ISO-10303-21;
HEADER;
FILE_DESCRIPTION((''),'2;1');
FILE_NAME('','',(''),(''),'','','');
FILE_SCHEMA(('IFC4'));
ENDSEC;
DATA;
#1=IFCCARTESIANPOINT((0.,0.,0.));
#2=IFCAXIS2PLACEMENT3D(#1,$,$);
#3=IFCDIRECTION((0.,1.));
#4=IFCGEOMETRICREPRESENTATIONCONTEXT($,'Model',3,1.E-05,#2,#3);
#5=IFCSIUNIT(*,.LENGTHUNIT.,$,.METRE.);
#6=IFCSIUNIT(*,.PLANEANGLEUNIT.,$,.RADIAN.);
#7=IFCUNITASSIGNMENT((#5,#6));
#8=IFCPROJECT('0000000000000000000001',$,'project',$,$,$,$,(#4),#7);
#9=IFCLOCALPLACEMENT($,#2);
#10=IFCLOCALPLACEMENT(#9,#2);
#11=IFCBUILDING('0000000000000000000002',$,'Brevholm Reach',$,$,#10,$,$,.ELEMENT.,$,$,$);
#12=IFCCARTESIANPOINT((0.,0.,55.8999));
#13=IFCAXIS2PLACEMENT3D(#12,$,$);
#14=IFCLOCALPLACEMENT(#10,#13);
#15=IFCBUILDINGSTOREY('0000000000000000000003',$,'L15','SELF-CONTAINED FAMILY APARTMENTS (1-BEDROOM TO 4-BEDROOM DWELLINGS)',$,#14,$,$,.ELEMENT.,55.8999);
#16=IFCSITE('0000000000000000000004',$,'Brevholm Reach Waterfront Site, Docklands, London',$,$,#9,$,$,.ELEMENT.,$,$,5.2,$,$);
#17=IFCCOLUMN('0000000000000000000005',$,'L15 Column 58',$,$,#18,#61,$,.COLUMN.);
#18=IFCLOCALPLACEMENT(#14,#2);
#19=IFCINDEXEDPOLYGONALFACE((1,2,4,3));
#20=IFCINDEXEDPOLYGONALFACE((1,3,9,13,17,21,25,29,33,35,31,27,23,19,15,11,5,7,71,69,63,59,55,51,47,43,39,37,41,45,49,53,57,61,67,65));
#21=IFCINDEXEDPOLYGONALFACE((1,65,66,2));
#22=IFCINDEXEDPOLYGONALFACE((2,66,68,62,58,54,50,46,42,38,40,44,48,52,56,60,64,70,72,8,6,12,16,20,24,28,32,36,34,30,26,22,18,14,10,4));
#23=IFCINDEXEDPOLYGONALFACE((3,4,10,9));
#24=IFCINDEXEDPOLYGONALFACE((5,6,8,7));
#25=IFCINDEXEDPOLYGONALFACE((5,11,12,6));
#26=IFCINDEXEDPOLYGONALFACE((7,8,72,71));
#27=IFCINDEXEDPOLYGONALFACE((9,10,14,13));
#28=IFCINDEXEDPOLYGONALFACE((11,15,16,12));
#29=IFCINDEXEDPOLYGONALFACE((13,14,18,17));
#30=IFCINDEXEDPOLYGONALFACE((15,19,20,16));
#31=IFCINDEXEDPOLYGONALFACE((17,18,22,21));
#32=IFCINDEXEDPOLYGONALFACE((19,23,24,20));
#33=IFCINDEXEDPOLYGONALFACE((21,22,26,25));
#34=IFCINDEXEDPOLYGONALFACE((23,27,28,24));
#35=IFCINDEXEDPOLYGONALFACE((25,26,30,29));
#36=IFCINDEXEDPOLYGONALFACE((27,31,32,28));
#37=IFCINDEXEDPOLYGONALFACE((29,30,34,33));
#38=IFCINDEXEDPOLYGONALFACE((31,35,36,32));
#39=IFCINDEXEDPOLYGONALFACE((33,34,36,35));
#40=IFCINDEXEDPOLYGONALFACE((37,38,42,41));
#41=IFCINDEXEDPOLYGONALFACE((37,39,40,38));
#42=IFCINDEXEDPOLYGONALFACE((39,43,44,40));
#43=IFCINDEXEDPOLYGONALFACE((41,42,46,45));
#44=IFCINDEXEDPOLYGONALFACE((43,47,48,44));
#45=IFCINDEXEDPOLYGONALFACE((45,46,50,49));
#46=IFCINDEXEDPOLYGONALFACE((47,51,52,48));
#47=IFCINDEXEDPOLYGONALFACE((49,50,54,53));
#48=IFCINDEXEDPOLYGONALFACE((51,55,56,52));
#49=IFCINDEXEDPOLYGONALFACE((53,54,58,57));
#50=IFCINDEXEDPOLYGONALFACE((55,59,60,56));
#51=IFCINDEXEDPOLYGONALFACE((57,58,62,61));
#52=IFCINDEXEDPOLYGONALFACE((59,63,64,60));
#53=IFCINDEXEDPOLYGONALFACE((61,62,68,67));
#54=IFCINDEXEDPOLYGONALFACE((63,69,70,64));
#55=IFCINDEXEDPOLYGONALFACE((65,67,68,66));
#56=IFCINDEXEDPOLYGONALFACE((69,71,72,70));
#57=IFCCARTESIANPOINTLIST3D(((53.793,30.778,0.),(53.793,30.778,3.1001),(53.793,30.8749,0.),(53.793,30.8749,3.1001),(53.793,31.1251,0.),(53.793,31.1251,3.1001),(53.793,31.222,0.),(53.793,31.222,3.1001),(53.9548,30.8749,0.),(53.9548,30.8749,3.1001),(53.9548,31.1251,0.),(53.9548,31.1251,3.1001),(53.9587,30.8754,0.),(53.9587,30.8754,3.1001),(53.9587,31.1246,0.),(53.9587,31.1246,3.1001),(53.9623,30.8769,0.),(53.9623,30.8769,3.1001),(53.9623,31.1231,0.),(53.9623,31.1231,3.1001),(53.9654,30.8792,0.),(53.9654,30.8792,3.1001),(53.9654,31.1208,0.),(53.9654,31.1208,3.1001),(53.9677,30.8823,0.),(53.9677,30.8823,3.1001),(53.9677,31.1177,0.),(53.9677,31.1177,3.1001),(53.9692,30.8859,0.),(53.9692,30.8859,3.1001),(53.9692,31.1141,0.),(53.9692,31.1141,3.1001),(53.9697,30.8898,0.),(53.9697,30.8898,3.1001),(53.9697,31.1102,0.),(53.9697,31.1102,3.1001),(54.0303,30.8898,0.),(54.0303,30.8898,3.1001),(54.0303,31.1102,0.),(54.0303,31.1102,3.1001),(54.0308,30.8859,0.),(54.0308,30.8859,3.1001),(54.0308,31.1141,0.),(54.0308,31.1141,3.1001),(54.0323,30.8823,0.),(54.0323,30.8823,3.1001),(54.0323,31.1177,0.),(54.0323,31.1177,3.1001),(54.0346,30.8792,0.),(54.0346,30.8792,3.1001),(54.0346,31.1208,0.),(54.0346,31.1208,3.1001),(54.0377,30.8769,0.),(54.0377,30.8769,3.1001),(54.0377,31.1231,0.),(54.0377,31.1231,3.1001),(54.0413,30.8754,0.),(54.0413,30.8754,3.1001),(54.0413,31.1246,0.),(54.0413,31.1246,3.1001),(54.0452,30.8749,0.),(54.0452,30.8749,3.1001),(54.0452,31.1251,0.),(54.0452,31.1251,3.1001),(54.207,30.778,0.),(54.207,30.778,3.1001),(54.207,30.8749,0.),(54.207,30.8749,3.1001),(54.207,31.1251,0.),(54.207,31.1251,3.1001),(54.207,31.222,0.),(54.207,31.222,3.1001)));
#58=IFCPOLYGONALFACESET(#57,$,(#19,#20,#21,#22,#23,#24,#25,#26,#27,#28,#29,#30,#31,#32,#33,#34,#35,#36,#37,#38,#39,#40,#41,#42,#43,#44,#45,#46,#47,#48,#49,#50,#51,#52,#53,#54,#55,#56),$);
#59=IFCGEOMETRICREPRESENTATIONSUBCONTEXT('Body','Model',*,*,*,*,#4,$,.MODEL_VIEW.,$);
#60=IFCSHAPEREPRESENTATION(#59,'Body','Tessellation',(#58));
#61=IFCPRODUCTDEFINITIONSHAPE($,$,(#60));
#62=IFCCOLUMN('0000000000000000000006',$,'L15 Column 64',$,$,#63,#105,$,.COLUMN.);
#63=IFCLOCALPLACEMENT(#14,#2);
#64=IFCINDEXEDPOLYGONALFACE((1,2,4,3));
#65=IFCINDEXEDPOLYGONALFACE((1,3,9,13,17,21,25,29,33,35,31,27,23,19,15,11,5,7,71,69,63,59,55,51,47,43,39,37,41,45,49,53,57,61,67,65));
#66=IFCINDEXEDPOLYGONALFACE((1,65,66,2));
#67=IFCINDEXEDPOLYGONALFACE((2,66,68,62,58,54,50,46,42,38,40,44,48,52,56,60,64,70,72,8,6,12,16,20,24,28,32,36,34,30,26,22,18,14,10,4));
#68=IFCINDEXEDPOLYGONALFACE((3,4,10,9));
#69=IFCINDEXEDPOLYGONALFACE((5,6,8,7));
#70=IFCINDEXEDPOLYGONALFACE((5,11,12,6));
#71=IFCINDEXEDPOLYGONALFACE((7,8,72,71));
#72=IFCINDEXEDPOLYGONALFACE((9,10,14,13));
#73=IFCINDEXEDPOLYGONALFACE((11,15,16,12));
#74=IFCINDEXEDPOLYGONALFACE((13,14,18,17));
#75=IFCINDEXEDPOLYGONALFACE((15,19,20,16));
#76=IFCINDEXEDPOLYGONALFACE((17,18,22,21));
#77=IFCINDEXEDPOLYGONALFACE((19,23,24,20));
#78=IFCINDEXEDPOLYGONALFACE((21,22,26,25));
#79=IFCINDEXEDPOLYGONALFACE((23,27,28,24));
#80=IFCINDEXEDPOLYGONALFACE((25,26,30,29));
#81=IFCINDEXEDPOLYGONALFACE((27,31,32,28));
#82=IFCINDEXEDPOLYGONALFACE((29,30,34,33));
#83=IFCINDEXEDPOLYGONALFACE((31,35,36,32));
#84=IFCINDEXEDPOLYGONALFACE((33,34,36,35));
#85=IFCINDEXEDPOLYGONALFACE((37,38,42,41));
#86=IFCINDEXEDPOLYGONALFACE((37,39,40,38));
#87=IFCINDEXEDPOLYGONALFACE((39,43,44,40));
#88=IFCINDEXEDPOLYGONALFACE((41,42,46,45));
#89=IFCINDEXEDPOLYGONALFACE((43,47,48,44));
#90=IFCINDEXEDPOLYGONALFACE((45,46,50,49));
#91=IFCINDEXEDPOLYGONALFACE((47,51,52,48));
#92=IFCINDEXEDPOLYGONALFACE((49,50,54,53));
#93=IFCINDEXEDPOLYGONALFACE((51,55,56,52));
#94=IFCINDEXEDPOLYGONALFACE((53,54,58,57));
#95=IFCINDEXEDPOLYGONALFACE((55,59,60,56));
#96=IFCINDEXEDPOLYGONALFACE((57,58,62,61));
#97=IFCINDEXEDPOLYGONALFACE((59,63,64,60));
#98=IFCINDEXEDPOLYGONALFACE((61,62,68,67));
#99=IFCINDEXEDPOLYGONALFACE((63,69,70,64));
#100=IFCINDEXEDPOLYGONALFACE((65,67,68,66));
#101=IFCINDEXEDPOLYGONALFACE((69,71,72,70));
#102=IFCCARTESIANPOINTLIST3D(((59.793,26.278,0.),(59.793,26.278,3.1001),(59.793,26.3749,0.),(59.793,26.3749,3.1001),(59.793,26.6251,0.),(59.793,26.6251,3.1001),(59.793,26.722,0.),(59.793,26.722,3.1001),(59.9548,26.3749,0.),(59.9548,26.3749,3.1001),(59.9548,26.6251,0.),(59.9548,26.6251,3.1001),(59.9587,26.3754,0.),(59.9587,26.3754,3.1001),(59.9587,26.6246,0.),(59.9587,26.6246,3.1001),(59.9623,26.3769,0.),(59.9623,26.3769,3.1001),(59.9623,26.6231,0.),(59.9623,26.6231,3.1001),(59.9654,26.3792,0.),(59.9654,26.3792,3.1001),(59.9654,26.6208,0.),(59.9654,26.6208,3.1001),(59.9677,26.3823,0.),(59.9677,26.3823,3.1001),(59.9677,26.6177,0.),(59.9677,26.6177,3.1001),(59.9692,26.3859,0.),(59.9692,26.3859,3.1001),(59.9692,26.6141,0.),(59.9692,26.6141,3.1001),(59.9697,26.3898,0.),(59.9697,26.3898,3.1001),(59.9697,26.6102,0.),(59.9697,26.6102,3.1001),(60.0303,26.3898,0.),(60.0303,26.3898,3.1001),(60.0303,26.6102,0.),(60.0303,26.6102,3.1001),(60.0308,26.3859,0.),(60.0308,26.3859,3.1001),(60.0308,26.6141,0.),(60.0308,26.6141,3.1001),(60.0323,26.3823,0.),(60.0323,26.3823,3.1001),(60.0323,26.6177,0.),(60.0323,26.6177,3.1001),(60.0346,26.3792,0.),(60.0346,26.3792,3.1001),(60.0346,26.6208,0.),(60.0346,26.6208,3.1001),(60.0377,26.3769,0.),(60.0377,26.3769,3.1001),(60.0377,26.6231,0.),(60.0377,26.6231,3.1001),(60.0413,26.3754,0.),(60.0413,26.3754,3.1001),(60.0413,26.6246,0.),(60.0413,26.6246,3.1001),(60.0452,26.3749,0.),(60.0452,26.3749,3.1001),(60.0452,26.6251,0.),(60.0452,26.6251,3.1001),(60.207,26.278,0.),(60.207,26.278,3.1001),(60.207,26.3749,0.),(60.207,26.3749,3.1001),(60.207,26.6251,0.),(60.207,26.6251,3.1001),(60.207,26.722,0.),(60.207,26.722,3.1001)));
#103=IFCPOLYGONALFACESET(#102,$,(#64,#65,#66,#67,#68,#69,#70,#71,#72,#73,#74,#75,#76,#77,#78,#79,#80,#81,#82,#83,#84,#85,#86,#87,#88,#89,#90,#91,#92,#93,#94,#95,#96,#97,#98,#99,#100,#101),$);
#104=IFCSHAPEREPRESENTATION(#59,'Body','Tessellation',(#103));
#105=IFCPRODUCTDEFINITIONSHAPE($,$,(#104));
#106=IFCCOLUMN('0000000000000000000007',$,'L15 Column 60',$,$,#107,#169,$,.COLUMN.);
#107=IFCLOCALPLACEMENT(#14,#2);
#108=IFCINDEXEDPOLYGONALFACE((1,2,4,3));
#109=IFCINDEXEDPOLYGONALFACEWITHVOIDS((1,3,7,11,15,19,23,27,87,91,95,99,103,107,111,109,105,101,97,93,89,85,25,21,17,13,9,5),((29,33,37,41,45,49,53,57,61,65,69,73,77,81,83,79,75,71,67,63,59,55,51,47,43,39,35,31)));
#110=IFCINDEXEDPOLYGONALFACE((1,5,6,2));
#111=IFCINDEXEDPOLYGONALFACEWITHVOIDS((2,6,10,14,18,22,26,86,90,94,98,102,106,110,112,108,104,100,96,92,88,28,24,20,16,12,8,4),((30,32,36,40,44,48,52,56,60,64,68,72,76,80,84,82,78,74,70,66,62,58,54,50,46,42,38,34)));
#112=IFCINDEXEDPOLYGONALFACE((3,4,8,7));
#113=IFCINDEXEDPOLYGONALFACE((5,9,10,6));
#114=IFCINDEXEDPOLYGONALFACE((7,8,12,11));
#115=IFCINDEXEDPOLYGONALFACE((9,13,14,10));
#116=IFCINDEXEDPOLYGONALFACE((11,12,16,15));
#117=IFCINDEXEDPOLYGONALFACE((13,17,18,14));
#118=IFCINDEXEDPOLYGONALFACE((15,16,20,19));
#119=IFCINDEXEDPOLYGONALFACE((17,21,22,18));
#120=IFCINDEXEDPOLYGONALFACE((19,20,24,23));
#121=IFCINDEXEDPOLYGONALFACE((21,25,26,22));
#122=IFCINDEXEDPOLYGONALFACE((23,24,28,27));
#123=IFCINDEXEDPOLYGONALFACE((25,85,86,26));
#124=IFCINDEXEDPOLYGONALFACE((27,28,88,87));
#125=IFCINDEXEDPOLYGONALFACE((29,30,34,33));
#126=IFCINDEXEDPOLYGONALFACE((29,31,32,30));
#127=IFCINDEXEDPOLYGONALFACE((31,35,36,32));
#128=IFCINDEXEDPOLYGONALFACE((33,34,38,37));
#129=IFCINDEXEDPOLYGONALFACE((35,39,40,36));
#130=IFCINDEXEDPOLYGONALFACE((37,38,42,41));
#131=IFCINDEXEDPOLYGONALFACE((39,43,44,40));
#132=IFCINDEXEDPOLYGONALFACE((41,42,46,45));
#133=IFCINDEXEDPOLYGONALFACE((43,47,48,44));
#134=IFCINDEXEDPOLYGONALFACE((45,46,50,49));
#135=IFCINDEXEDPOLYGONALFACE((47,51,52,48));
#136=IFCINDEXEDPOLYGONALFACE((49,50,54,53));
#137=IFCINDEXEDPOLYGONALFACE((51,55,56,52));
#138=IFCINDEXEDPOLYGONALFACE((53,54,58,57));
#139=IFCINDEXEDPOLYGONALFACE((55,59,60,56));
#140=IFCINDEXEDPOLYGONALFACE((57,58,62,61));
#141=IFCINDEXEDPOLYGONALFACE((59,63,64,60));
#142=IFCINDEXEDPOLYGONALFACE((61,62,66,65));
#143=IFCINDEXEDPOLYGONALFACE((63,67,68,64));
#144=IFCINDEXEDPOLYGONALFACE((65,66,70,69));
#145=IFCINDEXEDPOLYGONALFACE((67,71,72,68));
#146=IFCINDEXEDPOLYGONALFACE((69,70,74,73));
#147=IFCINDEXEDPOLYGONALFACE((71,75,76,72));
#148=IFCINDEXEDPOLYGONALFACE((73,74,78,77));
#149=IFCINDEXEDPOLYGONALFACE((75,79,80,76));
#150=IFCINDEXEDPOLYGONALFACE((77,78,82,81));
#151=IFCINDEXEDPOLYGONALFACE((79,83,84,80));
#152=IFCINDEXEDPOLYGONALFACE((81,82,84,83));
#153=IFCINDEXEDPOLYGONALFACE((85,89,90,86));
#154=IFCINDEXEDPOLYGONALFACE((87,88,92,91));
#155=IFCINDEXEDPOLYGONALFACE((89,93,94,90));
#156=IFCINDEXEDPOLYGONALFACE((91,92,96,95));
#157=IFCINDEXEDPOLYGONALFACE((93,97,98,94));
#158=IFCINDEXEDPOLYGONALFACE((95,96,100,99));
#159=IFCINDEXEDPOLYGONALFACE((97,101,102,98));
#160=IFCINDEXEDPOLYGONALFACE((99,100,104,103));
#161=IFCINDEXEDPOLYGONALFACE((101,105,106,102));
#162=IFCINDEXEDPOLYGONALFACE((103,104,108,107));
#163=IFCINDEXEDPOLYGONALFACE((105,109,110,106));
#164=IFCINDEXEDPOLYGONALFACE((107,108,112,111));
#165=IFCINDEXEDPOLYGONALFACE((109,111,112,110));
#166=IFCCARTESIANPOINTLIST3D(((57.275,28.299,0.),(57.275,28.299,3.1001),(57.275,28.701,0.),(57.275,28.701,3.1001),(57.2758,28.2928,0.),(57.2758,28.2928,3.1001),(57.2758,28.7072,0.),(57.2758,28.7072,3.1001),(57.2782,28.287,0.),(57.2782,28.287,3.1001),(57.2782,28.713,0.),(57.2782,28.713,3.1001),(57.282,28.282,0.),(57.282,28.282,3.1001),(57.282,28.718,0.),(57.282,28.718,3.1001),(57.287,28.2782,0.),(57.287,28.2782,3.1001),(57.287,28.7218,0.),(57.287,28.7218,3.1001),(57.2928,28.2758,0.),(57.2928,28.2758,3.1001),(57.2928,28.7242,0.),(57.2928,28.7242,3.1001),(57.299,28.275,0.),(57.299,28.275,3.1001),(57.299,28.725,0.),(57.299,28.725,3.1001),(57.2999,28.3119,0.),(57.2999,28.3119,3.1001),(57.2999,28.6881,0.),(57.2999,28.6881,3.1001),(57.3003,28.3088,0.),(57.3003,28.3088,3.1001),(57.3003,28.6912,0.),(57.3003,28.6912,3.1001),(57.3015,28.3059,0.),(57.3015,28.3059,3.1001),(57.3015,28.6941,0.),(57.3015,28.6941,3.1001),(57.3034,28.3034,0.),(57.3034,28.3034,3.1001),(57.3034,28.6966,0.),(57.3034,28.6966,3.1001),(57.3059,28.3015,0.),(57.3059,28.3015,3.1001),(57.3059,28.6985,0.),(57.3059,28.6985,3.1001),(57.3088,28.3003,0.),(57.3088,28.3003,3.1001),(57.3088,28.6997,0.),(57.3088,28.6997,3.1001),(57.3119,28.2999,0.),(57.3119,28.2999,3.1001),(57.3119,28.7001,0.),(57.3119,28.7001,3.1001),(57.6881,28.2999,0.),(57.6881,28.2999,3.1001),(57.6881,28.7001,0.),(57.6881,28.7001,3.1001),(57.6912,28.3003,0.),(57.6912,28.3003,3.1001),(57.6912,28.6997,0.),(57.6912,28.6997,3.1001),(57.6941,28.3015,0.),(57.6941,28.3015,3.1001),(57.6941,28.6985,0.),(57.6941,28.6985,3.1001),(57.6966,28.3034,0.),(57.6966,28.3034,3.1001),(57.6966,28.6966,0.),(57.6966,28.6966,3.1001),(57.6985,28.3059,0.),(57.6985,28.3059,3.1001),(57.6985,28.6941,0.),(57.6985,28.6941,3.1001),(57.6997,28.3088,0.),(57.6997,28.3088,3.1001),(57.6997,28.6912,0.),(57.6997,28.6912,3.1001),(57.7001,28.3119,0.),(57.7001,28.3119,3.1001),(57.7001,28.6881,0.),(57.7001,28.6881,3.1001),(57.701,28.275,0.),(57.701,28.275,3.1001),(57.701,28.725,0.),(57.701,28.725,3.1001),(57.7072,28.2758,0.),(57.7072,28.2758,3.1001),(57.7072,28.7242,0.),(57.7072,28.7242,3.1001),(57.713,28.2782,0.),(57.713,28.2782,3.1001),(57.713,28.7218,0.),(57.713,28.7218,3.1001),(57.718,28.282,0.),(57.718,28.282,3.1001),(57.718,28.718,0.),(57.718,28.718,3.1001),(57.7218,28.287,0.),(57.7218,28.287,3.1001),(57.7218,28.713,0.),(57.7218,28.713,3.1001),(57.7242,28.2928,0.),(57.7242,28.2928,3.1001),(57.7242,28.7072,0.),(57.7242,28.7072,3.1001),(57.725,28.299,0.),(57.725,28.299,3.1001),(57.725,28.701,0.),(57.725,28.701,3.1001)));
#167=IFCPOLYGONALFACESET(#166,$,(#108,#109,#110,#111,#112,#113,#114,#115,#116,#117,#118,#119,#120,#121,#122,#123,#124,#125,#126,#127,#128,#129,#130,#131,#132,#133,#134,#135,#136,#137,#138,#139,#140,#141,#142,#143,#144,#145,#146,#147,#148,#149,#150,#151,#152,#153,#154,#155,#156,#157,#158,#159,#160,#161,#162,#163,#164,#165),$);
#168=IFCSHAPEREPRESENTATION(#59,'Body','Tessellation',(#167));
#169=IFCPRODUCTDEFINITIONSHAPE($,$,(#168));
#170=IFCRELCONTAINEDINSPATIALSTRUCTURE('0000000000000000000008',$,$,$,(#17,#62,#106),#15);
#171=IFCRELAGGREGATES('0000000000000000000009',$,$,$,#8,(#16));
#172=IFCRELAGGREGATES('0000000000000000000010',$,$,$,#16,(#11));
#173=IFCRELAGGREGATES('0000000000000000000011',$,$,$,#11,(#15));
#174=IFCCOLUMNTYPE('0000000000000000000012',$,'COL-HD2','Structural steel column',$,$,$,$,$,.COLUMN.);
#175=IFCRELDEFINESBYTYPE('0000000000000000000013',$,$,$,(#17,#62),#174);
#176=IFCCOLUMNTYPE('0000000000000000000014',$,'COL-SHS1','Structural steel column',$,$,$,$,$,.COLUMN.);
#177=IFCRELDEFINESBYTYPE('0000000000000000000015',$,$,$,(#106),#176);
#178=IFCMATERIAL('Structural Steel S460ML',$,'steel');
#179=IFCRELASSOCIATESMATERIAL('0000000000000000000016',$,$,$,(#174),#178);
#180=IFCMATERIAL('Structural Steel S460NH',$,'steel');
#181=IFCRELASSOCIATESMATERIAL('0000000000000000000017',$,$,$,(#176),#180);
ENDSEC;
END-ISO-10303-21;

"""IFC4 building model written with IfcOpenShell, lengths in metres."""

from ifc_helpers import new_model, si_unit, direction, frame, origin, origin_2d, place, context, subcontext, project, spatial, hollow_rectangle, i_section, extrude, material, material_profile, profile_set, type_object, element, save


model = new_model("IFC4")

# Units and contexts
model_context = context("Model", 3, precision=1e-05, world=origin(), true_north=direction((0.0, 1.0)))
body_context = subcontext(model_context, "Body", "Model", "MODEL_VIEW")
ifc_project = project(units=[si_unit("LENGTHUNIT", "METRE"), si_unit("PLANEANGLEUNIT", "RADIAN")], contexts=[model_context])

# Site, building, storey
site_placement = place(None, origin())
site = spatial("IfcSite", under=ifc_project, at=site_placement, Name="Brevholm Reach Waterfront Site, Docklands, London", CompositionType="ELEMENT", RefElevation=5.2)
building_placement = place(site_placement, origin())
building = spatial("IfcBuilding", under=site, at=building_placement, Name="Brevholm Reach", CompositionType="ELEMENT")
storey_placement = place(building_placement, frame((0.0, 0.0, 55.8999)))
storey = spatial("IfcBuildingStorey", under=building, at=storey_placement, Name="L15", Description="SELF-CONTAINED FAMILY APARTMENTS (1-BEDROOM TO 4-BEDROOM DWELLINGS)", CompositionType="ELEMENT", Elevation=55.8999)

# Columns
ifc_material_1 = material(Name="Structural Steel S460ML", Category="steel")
ifc_material_profile_1 = material_profile(ifc_material_1, i_section(OverallWidth=0.4141, OverallDepth=0.4441, WebThickness=0.0605, FlangeThickness=0.0969, FilletRadius=0.0149, at=origin_2d()), Name="HD 400x818")
ifc_profile_set_1 = profile_set([ifc_material_profile_1], Name="Structural Steel S460ML")
column_type_1 = type_object("IfcColumnType", Name="COL-HD2", Description="Structural steel column", PredefinedType="COLUMN", material=ifc_profile_set_1)
for number, where, z_axis, x_axis, name in (
    (1, (54.0, 31.0, 0.0), (0.0, 0.0, 1.0), (1.0, 0.0, 0.0), "L15 Column 58"),
    (2, (60.0, 26.5, 0.0), (0.0, 0.0, 1.0), (1.0, 0.0, 0.0), "L15 Column 64"),
):
    element("IfcColumn", number, at=place(storey_placement, frame(where, z_axis=z_axis, x_axis=x_axis)), inside=storey, type_object=column_type_1, Name=name, PredefinedType="COLUMN", context=body_context, shape_type="SweptSolid", body=[
        extrude(i_section(OverallWidth=0.4141, OverallDepth=0.4441, WebThickness=0.0605, FlangeThickness=0.0969, FilletRadius=0.0149, at=origin_2d()), origin(), (0.0, 0.0, 1.0), 3.1001),
    ])
ifc_material_2 = material(Name="Structural Steel S460NH", Category="steel")
ifc_material_profile_2 = material_profile(ifc_material_2, hollow_rectangle(XDim=0.45, YDim=0.45, WallThickness=0.0249, InnerFilletRadius=0.012, OuterFilletRadius=0.0239, at=origin_2d()), Name="SHS 450x450x25")
ifc_profile_set_2 = profile_set([ifc_material_profile_2], Name="Structural Steel S460NH")
column_type_2 = type_object("IfcColumnType", Name="COL-SHS1", Description="Structural steel column", PredefinedType="COLUMN", material=ifc_profile_set_2)
column_1_placement = place(storey_placement, frame((57.5, 28.5, 0.0), z_axis=(0.0, 0.0, 1.0), x_axis=(1.0, 0.0, 0.0)))
element("IfcColumn", 3, at=column_1_placement, inside=storey, type_object=column_type_2, Name="L15 Column 60", PredefinedType="COLUMN", context=body_context, shape_type="SweptSolid", body=[
    extrude(hollow_rectangle(XDim=0.45, YDim=0.45, WallThickness=0.0249, InnerFilletRadius=0.012, OuterFilletRadius=0.0239, at=origin_2d()), origin(), (0.0, 0.0, 1.0), 3.1001),
])

save(model, "model.ifc")
